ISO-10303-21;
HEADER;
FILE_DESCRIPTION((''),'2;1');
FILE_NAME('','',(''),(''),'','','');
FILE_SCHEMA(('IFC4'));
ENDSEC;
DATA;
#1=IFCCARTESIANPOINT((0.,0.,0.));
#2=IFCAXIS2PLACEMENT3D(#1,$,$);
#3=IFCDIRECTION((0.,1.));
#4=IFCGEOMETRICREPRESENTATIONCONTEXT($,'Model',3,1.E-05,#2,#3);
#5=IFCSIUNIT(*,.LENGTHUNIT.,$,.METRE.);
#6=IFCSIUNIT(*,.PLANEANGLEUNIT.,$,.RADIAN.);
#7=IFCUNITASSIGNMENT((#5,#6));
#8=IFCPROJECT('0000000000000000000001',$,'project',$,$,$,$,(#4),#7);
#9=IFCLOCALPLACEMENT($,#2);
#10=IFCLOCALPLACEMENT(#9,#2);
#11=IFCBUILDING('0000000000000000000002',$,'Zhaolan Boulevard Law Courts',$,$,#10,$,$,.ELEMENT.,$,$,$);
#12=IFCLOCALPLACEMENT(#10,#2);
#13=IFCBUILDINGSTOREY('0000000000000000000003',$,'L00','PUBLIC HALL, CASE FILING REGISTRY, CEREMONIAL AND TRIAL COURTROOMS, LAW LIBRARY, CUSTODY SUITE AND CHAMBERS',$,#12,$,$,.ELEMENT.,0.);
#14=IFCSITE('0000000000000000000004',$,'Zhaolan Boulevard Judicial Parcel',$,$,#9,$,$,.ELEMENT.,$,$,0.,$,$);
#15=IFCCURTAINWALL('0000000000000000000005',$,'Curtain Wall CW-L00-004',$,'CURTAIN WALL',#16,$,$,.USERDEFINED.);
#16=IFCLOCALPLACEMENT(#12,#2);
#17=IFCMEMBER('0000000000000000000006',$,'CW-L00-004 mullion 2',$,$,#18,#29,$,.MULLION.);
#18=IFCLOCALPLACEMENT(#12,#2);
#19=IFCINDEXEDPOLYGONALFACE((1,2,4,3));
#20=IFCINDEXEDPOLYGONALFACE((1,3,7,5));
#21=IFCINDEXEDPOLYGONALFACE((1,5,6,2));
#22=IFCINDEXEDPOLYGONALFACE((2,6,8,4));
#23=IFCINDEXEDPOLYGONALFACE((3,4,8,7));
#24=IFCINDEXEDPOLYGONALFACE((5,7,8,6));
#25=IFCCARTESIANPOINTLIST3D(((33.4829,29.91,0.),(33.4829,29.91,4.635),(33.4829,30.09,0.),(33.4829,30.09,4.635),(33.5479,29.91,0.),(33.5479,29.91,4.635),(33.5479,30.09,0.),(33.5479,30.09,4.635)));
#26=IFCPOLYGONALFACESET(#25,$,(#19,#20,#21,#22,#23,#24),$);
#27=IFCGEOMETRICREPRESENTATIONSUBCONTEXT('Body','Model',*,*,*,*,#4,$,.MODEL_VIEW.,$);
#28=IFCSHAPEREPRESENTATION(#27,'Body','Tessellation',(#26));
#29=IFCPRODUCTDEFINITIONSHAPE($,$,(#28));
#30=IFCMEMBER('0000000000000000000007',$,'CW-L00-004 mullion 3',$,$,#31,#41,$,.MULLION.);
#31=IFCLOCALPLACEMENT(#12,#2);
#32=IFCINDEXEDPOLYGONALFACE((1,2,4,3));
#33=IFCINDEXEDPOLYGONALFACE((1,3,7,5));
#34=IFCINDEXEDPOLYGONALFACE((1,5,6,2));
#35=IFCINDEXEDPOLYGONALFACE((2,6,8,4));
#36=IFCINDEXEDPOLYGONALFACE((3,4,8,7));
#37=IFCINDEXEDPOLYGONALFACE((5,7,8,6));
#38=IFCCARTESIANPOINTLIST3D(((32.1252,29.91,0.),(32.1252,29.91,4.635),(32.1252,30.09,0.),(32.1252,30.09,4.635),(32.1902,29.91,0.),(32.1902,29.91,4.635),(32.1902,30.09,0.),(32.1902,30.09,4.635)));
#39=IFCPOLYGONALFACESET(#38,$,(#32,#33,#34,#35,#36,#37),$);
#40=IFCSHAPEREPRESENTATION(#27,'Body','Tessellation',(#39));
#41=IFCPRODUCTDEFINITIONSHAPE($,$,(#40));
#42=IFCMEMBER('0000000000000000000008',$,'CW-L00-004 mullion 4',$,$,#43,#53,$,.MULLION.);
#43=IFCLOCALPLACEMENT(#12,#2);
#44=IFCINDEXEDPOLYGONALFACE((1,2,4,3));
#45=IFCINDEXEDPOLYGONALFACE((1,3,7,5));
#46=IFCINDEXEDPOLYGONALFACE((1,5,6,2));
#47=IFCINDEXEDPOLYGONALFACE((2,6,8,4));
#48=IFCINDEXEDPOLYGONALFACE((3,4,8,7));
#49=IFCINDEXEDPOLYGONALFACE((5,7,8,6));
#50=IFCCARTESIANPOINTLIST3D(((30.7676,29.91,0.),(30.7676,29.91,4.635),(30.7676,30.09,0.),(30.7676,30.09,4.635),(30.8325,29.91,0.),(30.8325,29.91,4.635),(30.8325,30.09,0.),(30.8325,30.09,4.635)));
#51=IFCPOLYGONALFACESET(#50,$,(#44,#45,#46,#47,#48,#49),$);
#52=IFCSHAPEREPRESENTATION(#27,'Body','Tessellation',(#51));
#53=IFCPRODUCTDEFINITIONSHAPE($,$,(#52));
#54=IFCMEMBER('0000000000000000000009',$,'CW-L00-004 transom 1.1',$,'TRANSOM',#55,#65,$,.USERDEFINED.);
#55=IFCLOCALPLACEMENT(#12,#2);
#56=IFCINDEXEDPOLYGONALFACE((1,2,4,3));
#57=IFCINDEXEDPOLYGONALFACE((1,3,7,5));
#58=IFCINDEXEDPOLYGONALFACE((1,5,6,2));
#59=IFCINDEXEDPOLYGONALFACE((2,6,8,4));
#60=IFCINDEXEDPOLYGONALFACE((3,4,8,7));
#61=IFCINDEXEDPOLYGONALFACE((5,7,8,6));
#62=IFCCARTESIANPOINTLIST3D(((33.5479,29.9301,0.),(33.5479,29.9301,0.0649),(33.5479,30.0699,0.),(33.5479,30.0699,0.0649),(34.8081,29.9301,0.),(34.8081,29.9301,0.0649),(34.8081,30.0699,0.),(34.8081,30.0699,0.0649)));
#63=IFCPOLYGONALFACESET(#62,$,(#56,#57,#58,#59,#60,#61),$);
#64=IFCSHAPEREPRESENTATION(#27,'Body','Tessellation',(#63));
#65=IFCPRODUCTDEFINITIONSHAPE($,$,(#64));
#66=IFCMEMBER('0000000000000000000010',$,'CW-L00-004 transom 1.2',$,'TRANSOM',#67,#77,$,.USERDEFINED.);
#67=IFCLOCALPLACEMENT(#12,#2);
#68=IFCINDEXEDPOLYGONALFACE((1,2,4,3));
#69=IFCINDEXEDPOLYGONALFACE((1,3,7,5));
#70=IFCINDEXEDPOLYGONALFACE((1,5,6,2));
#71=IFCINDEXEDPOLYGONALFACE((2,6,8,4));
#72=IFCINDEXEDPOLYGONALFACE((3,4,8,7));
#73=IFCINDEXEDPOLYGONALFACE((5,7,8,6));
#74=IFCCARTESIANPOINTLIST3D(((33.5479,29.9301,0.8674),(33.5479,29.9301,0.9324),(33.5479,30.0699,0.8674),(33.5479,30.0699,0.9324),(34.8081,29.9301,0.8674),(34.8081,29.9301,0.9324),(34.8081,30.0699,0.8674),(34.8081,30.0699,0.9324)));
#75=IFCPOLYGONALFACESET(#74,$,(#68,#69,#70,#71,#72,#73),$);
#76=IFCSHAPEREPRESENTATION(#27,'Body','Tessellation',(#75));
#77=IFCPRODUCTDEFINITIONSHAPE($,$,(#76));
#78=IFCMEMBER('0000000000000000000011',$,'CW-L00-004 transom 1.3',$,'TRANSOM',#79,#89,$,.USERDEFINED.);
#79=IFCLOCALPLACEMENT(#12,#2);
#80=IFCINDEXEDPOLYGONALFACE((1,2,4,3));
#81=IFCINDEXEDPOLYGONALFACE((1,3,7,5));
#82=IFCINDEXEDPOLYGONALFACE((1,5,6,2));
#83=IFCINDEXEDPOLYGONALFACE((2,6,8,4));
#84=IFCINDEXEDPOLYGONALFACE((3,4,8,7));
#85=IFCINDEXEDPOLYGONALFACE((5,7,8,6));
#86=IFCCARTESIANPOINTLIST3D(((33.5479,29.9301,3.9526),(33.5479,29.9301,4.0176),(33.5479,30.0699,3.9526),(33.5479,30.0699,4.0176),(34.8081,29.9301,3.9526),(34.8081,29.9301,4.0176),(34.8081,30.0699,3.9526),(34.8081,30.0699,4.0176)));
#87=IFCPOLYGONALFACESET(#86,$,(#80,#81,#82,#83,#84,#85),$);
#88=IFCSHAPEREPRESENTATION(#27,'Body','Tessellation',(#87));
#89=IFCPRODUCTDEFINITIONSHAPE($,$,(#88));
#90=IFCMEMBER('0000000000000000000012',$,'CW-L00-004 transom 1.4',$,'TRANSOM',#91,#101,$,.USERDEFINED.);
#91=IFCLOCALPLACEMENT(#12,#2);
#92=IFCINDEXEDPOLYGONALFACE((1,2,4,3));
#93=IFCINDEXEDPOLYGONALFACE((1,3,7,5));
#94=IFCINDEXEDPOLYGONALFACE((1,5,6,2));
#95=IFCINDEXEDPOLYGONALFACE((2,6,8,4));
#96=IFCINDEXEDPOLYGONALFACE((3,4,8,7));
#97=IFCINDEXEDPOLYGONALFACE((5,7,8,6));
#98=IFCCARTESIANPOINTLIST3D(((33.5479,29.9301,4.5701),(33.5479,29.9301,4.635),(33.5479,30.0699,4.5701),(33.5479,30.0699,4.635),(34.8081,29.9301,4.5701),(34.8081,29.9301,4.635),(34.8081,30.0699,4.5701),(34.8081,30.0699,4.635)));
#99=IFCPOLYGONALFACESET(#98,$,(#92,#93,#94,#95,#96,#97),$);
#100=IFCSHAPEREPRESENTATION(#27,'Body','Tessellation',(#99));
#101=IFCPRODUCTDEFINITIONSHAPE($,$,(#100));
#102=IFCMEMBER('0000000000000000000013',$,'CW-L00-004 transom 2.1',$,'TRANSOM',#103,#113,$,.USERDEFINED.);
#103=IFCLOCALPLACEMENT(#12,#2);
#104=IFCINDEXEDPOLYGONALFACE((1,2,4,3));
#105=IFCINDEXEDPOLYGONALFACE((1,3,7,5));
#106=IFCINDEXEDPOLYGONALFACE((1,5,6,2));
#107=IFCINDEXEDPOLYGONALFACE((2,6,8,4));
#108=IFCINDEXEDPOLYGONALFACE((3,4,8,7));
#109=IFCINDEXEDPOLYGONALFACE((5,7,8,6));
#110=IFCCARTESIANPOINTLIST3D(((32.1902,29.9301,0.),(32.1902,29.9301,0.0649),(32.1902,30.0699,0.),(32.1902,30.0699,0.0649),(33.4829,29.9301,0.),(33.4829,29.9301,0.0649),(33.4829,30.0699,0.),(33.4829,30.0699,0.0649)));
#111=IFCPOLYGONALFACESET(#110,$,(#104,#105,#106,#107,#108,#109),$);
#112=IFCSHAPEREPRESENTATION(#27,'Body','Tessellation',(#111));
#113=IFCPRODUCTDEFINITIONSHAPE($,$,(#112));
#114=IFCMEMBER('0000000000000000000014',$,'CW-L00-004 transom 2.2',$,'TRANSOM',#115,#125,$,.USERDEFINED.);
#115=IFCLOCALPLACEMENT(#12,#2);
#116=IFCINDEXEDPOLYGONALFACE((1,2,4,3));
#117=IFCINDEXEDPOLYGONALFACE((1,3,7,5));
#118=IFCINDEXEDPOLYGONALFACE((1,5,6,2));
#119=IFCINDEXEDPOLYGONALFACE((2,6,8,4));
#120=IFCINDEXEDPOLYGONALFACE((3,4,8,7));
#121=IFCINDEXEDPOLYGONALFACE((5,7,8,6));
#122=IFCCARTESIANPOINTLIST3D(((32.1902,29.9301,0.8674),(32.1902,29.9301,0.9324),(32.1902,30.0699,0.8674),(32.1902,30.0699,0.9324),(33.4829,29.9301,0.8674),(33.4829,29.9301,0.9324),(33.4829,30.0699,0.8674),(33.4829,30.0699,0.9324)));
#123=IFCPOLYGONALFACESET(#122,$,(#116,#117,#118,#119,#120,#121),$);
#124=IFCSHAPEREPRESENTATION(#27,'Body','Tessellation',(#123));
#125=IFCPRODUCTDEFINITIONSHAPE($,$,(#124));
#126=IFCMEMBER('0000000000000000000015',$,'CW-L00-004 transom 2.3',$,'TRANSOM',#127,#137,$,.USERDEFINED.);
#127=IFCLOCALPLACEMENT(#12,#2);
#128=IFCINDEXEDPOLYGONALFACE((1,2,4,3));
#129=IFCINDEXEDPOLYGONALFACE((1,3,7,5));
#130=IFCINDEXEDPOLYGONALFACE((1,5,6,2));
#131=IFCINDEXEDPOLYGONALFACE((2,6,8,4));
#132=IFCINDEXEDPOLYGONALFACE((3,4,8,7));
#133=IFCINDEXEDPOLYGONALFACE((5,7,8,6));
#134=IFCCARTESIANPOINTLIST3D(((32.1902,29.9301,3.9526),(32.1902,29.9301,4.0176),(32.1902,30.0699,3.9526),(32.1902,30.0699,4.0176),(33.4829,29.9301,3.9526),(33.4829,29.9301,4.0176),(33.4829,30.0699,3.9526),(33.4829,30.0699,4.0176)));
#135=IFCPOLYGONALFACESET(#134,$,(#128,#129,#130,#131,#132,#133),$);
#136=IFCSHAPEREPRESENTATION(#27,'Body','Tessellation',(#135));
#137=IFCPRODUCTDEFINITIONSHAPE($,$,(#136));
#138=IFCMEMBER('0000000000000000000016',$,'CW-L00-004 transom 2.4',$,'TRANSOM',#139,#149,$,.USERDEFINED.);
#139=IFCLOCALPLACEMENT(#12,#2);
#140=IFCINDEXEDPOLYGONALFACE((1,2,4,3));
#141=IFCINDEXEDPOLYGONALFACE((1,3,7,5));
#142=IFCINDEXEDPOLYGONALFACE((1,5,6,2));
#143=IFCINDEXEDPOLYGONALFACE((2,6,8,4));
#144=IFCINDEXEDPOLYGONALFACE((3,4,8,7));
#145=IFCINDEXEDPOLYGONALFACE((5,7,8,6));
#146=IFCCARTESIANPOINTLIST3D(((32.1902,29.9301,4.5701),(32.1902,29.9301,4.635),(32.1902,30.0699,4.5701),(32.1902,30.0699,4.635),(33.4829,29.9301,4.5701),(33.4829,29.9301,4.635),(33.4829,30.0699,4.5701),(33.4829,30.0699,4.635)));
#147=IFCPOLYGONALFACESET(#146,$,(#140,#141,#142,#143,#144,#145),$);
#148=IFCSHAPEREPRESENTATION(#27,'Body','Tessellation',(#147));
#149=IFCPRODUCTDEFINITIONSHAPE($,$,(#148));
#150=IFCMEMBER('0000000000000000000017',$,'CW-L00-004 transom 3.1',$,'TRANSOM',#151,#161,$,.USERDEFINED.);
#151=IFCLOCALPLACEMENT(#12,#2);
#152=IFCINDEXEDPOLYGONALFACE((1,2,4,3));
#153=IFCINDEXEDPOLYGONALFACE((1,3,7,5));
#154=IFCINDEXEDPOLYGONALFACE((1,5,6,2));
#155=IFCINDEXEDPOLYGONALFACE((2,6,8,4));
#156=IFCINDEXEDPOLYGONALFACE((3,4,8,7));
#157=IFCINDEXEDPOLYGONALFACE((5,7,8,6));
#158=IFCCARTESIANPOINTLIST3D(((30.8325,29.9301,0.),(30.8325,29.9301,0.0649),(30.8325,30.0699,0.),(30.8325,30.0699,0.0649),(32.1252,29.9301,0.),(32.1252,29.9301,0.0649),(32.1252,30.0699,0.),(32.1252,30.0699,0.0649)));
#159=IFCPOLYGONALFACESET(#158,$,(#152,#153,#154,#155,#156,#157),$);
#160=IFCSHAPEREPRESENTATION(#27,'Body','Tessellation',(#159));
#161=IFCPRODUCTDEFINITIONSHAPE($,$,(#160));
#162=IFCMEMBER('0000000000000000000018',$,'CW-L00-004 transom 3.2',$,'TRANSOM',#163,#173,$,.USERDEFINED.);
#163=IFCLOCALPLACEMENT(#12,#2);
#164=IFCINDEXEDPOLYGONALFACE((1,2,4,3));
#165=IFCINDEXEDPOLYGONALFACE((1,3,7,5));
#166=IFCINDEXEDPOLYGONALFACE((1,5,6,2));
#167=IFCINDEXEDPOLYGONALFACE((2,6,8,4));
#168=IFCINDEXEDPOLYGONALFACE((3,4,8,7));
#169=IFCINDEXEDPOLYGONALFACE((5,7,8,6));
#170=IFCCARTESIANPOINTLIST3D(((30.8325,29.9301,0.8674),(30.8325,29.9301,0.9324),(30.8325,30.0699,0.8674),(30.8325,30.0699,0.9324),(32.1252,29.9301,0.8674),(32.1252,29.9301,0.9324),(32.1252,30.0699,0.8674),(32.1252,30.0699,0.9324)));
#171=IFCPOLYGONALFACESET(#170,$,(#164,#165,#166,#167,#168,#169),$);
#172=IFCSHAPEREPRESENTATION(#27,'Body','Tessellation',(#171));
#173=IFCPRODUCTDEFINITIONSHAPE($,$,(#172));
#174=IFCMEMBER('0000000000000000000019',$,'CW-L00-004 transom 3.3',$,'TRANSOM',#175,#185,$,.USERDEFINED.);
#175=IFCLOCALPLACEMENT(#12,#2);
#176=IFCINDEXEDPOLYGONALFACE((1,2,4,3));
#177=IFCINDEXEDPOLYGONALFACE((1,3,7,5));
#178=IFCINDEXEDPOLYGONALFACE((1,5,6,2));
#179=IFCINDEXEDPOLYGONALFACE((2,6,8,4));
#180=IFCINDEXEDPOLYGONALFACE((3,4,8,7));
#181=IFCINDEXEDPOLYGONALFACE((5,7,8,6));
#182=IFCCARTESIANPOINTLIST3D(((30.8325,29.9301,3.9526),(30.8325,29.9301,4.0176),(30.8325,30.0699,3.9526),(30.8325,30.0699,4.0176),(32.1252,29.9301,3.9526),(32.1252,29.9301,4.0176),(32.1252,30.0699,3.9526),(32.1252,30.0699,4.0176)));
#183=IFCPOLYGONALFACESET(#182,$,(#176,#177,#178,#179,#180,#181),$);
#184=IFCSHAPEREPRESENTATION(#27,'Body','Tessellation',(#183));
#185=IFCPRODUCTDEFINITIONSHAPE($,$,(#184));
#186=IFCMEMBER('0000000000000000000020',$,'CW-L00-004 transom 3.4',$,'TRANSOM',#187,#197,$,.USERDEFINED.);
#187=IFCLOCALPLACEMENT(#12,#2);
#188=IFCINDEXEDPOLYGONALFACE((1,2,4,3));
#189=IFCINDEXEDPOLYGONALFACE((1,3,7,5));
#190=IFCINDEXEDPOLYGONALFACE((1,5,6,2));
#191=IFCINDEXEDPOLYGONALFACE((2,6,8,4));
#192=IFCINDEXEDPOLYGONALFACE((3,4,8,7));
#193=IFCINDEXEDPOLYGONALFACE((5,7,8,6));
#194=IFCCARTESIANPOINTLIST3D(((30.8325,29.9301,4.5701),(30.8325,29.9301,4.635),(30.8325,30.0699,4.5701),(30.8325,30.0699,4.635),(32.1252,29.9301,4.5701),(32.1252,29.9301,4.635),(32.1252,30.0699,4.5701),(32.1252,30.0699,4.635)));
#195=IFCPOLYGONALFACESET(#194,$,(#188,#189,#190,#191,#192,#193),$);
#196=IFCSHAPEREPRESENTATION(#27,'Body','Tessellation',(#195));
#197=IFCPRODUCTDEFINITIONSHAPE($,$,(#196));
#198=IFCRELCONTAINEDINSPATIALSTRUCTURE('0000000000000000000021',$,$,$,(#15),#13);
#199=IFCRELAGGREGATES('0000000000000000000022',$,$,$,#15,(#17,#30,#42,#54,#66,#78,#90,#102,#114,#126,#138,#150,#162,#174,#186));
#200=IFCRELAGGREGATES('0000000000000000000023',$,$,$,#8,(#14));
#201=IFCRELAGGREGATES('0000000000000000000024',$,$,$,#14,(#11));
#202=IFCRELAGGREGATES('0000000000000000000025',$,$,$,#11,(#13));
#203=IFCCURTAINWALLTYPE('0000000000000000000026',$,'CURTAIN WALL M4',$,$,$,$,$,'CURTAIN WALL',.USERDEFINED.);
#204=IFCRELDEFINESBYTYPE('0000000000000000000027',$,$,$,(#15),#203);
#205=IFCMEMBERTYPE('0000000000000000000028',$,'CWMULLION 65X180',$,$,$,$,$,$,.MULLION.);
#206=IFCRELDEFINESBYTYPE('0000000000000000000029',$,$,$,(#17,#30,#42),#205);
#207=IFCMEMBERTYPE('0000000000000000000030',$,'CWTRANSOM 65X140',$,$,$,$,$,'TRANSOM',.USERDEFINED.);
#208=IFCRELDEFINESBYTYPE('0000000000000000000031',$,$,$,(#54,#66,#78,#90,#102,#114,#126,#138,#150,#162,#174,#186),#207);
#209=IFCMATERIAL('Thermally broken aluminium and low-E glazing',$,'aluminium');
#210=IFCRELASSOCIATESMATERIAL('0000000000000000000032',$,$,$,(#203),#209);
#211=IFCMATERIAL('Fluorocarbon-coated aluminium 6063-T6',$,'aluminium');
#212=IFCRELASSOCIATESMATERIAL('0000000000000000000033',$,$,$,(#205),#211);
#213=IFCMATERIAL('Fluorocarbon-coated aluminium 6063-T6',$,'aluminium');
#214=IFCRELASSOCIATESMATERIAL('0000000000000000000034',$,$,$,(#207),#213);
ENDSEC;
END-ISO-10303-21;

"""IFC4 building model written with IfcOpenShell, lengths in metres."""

from ifc_helpers import new_model, si_unit, direction, frame, origin, origin_2d, place, context, subcontext, project, spatial, rectangle, extrude, material, material_profile, profile_set, type_object, element, aggregate, save


model = new_model("IFC4")

# Units and contexts
model_context = context("Model", 3, precision=1e-05, world=origin(), true_north=direction((0.0, 1.0)))
body_context = subcontext(model_context, "Body", "Model", "MODEL_VIEW")
ifc_project = project(units=[si_unit("LENGTHUNIT", "METRE"), si_unit("PLANEANGLEUNIT", "RADIAN")], contexts=[model_context])

# Site, building, storey
site_placement = place(None, origin())
site = spatial("IfcSite", under=ifc_project, at=site_placement, Name="Zhaolan Boulevard Judicial Parcel", CompositionType="ELEMENT", RefElevation=0.0)
building_placement = place(site_placement, origin())
building = spatial("IfcBuilding", under=site, at=building_placement, Name="Zhaolan Boulevard Law Courts", CompositionType="ELEMENT")
storey_placement = place(building_placement, origin())
storey = spatial("IfcBuildingStorey", under=building, at=storey_placement, Name="L00", Description="PUBLIC HALL, CASE FILING REGISTRY, CEREMONIAL AND TRIAL COURTROOMS, LAW LIBRARY, CUSTODY SUITE AND CHAMBERS", CompositionType="ELEMENT", Elevation=0.0)

# Curtain wall, members
ifc_material_1 = material(Name="Thermally broken aluminium and low-E glazing", Category="aluminium")
curtain_wall_type = type_object("IfcCurtainWallType", Name="CURTAIN WALL M4", ElementType="CURTAIN WALL", PredefinedType="USERDEFINED", material=ifc_material_1)
curtain_wall_placement = place(storey_placement, origin())
curtain_wall = element("IfcCurtainWall", 1, at=curtain_wall_placement, inside=storey, type_object=curtain_wall_type, Name="Curtain Wall CW-L00-004", ObjectType="CURTAIN WALL", PredefinedType="USERDEFINED")
ifc_material_2 = material(Name="Fluorocarbon-coated aluminium 6063-T6", Category="aluminium")
ifc_material_profile_1 = material_profile(ifc_material_2, rectangle(XDim=0.1799, YDim=0.0649, at=origin_2d()), Name="AL65x180")
ifc_profile_set_1 = profile_set([ifc_material_profile_1], Name="Fluorocarbon-coated aluminium 6063-T6")
member_type_1 = type_object("IfcMemberType", Name="CWMULLION 65X180", PredefinedType="MULLION", material=ifc_profile_set_1)
member_1_placement = place(storey_placement, frame((33.5154, 30.0, 0.0), z_axis=(0.0, 0.0, 1.0), x_axis=(0.0, -1.0, 0.0)))
member_1 = element("IfcMember", 2, at=member_1_placement, type_object=member_type_1, Name="CW-L00-004 mullion 2", PredefinedType="MULLION", context=body_context, shape_type="SweptSolid", body=[
    extrude(rectangle(XDim=0.1799, YDim=0.0649, at=origin_2d()), origin(), (0.0, 0.0, 1.0), 4.635),
])
member_2_placement = place(storey_placement, frame((32.1577, 30.0, 0.0), z_axis=(0.0, 0.0, 1.0), x_axis=(0.0, -1.0, 0.0)))
member_2 = element("IfcMember", 3, at=member_2_placement, type_object=member_type_1, Name="CW-L00-004 mullion 3", PredefinedType="MULLION", context=body_context, shape_type="SweptSolid", body=[
    extrude(rectangle(XDim=0.1799, YDim=0.0649, at=origin_2d()), origin(), (0.0, 0.0, 1.0), 4.635),
])
member_3_placement = place(storey_placement, frame((30.8, 30.0, 0.0), z_axis=(0.0, 0.0, 1.0), x_axis=(0.0, -1.0, 0.0)))
member_3 = element("IfcMember", 4, at=member_3_placement, type_object=member_type_1, Name="CW-L00-004 mullion 4", PredefinedType="MULLION", context=body_context, shape_type="SweptSolid", body=[
    extrude(rectangle(XDim=0.1799, YDim=0.0649, at=origin_2d()), origin(), (0.0, 0.0, 1.0), 4.635),
])
ifc_material_3 = material(Name="Fluorocarbon-coated aluminium 6063-T6", Category="aluminium")
ifc_material_profile_2 = material_profile(ifc_material_3, rectangle(XDim=0.1399, YDim=0.0649, at=origin_2d()), Name="AL65x140")
ifc_profile_set_2 = profile_set([ifc_material_profile_2], Name="Fluorocarbon-coated aluminium 6063-T6")
member_type_2 = type_object("IfcMemberType", Name="CWTRANSOM 65X140", ElementType="TRANSOM", PredefinedType="USERDEFINED", material=ifc_profile_set_2)
member_4_placement = place(storey_placement, frame((34.8081, 30.0, 0.0325), z_axis=(-1.0, 0.0, 0.0), x_axis=(0.0, -1.0, 0.0)))
member_4 = element("IfcMember", 5, at=member_4_placement, type_object=member_type_2, Name="CW-L00-004 transom 1.1", ObjectType="TRANSOM", PredefinedType="USERDEFINED", context=body_context, shape_type="SweptSolid", body=[
    extrude(rectangle(XDim=0.1399, YDim=0.0649, at=origin_2d()), origin(), (0.0, 0.0, 1.0), 1.2603),
])
member_5_placement = place(storey_placement, frame((34.8081, 30.0, 0.8999), z_axis=(-1.0, 0.0, 0.0), x_axis=(0.0, -1.0, 0.0)))
member_5 = element("IfcMember", 6, at=member_5_placement, type_object=member_type_2, Name="CW-L00-004 transom 1.2", ObjectType="TRANSOM", PredefinedType="USERDEFINED", context=body_context, shape_type="SweptSolid", body=[
    extrude(rectangle(XDim=0.1399, YDim=0.0649, at=origin_2d()), origin(), (0.0, 0.0, 1.0), 1.2603),
])
member_6_placement = place(storey_placement, frame((34.8081, 30.0, 3.9851), z_axis=(-1.0, 0.0, 0.0), x_axis=(0.0, -1.0, 0.0)))
member_6 = element("IfcMember", 7, at=member_6_placement, type_object=member_type_2, Name="CW-L00-004 transom 1.3", ObjectType="TRANSOM", PredefinedType="USERDEFINED", context=body_context, shape_type="SweptSolid", body=[
    extrude(rectangle(XDim=0.1399, YDim=0.0649, at=origin_2d()), origin(), (0.0, 0.0, 1.0), 1.2603),
])
member_7_placement = place(storey_placement, frame((34.8081, 30.0, 4.6025), z_axis=(-1.0, 0.0, 0.0), x_axis=(0.0, -1.0, 0.0)))
member_7 = element("IfcMember", 8, at=member_7_placement, type_object=member_type_2, Name="CW-L00-004 transom 1.4", ObjectType="TRANSOM", PredefinedType="USERDEFINED", context=body_context, shape_type="SweptSolid", body=[
    extrude(rectangle(XDim=0.1399, YDim=0.0649, at=origin_2d()), origin(), (0.0, 0.0, 1.0), 1.2603),
])
member_8_placement = place(storey_placement, frame((33.4829, 30.0, 0.0325), z_axis=(-1.0, 0.0, 0.0), x_axis=(0.0, -1.0, 0.0)))
member_8 = element("IfcMember", 9, at=member_8_placement, type_object=member_type_2, Name="CW-L00-004 transom 2.1", ObjectType="TRANSOM", PredefinedType="USERDEFINED", context=body_context, shape_type="SweptSolid", body=[
    extrude(rectangle(XDim=0.1399, YDim=0.0649, at=origin_2d()), origin(), (0.0, 0.0, 1.0), 1.2927),
])
member_9_placement = place(storey_placement, frame((33.4829, 30.0, 0.8999), z_axis=(-1.0, 0.0, 0.0), x_axis=(0.0, -1.0, 0.0)))
member_9 = element("IfcMember", 10, at=member_9_placement, type_object=member_type_2, Name="CW-L00-004 transom 2.2", ObjectType="TRANSOM", PredefinedType="USERDEFINED", context=body_context, shape_type="SweptSolid", body=[
    extrude(rectangle(XDim=0.1399, YDim=0.0649, at=origin_2d()), origin(), (0.0, 0.0, 1.0), 1.2927),
])
member_10_placement = place(storey_placement, frame((33.4829, 30.0, 3.9851), z_axis=(-1.0, 0.0, 0.0), x_axis=(0.0, -1.0, 0.0)))
member_10 = element("IfcMember", 11, at=member_10_placement, type_object=member_type_2, Name="CW-L00-004 transom 2.3", ObjectType="TRANSOM", PredefinedType="USERDEFINED", context=body_context, shape_type="SweptSolid", body=[
    extrude(rectangle(XDim=0.1399, YDim=0.0649, at=origin_2d()), origin(), (0.0, 0.0, 1.0), 1.2927),
])
member_11_placement = place(storey_placement, frame((33.4829, 30.0, 4.6025), z_axis=(-1.0, 0.0, 0.0), x_axis=(0.0, -1.0, 0.0)))
member_11 = element("IfcMember", 12, at=member_11_placement, type_object=member_type_2, Name="CW-L00-004 transom 2.4", ObjectType="TRANSOM", PredefinedType="USERDEFINED", context=body_context, shape_type="SweptSolid", body=[
    extrude(rectangle(XDim=0.1399, YDim=0.0649, at=origin_2d()), origin(), (0.0, 0.0, 1.0), 1.2927),
])
member_12_placement = place(storey_placement, frame((32.1252, 30.0, 0.0325), z_axis=(-1.0, 0.0, 0.0), x_axis=(0.0, -1.0, 0.0)))
member_12 = element("IfcMember", 13, at=member_12_placement, type_object=member_type_2, Name="CW-L00-004 transom 3.1", ObjectType="TRANSOM", PredefinedType="USERDEFINED", context=body_context, shape_type="SweptSolid", body=[
    extrude(rectangle(XDim=0.1399, YDim=0.0649, at=origin_2d()), origin(), (0.0, 0.0, 1.0), 1.2927),
])
member_13_placement = place(storey_placement, frame((32.1252, 30.0, 0.8999), z_axis=(-1.0, 0.0, 0.0), x_axis=(0.0, -1.0, 0.0)))
member_13 = element("IfcMember", 14, at=member_13_placement, type_object=member_type_2, Name="CW-L00-004 transom 3.2", ObjectType="TRANSOM", PredefinedType="USERDEFINED", context=body_context, shape_type="SweptSolid", body=[
    extrude(rectangle(XDim=0.1399, YDim=0.0649, at=origin_2d()), origin(), (0.0, 0.0, 1.0), 1.2927),
])
member_14_placement = place(storey_placement, frame((32.1252, 30.0, 3.9851), z_axis=(-1.0, 0.0, 0.0), x_axis=(0.0, -1.0, 0.0)))
member_14 = element("IfcMember", 15, at=member_14_placement, type_object=member_type_2, Name="CW-L00-004 transom 3.3", ObjectType="TRANSOM", PredefinedType="USERDEFINED", context=body_context, shape_type="SweptSolid", body=[
    extrude(rectangle(XDim=0.1399, YDim=0.0649, at=origin_2d()), origin(), (0.0, 0.0, 1.0), 1.2927),
])
member_15_placement = place(storey_placement, frame((32.1252, 30.0, 4.6025), z_axis=(-1.0, 0.0, 0.0), x_axis=(0.0, -1.0, 0.0)))
member_15 = element("IfcMember", 16, at=member_15_placement, type_object=member_type_2, Name="CW-L00-004 transom 3.4", ObjectType="TRANSOM", PredefinedType="USERDEFINED", context=body_context, shape_type="SweptSolid", body=[
    extrude(rectangle(XDim=0.1399, YDim=0.0649, at=origin_2d()), origin(), (0.0, 0.0, 1.0), 1.2927),
])
aggregate(curtain_wall, [member_1, member_2, member_3, member_4, member_5, member_6, member_7, member_8, member_9, member_10, member_11, member_12, member_13, member_14, member_15])

save(model, "model.ifc")
